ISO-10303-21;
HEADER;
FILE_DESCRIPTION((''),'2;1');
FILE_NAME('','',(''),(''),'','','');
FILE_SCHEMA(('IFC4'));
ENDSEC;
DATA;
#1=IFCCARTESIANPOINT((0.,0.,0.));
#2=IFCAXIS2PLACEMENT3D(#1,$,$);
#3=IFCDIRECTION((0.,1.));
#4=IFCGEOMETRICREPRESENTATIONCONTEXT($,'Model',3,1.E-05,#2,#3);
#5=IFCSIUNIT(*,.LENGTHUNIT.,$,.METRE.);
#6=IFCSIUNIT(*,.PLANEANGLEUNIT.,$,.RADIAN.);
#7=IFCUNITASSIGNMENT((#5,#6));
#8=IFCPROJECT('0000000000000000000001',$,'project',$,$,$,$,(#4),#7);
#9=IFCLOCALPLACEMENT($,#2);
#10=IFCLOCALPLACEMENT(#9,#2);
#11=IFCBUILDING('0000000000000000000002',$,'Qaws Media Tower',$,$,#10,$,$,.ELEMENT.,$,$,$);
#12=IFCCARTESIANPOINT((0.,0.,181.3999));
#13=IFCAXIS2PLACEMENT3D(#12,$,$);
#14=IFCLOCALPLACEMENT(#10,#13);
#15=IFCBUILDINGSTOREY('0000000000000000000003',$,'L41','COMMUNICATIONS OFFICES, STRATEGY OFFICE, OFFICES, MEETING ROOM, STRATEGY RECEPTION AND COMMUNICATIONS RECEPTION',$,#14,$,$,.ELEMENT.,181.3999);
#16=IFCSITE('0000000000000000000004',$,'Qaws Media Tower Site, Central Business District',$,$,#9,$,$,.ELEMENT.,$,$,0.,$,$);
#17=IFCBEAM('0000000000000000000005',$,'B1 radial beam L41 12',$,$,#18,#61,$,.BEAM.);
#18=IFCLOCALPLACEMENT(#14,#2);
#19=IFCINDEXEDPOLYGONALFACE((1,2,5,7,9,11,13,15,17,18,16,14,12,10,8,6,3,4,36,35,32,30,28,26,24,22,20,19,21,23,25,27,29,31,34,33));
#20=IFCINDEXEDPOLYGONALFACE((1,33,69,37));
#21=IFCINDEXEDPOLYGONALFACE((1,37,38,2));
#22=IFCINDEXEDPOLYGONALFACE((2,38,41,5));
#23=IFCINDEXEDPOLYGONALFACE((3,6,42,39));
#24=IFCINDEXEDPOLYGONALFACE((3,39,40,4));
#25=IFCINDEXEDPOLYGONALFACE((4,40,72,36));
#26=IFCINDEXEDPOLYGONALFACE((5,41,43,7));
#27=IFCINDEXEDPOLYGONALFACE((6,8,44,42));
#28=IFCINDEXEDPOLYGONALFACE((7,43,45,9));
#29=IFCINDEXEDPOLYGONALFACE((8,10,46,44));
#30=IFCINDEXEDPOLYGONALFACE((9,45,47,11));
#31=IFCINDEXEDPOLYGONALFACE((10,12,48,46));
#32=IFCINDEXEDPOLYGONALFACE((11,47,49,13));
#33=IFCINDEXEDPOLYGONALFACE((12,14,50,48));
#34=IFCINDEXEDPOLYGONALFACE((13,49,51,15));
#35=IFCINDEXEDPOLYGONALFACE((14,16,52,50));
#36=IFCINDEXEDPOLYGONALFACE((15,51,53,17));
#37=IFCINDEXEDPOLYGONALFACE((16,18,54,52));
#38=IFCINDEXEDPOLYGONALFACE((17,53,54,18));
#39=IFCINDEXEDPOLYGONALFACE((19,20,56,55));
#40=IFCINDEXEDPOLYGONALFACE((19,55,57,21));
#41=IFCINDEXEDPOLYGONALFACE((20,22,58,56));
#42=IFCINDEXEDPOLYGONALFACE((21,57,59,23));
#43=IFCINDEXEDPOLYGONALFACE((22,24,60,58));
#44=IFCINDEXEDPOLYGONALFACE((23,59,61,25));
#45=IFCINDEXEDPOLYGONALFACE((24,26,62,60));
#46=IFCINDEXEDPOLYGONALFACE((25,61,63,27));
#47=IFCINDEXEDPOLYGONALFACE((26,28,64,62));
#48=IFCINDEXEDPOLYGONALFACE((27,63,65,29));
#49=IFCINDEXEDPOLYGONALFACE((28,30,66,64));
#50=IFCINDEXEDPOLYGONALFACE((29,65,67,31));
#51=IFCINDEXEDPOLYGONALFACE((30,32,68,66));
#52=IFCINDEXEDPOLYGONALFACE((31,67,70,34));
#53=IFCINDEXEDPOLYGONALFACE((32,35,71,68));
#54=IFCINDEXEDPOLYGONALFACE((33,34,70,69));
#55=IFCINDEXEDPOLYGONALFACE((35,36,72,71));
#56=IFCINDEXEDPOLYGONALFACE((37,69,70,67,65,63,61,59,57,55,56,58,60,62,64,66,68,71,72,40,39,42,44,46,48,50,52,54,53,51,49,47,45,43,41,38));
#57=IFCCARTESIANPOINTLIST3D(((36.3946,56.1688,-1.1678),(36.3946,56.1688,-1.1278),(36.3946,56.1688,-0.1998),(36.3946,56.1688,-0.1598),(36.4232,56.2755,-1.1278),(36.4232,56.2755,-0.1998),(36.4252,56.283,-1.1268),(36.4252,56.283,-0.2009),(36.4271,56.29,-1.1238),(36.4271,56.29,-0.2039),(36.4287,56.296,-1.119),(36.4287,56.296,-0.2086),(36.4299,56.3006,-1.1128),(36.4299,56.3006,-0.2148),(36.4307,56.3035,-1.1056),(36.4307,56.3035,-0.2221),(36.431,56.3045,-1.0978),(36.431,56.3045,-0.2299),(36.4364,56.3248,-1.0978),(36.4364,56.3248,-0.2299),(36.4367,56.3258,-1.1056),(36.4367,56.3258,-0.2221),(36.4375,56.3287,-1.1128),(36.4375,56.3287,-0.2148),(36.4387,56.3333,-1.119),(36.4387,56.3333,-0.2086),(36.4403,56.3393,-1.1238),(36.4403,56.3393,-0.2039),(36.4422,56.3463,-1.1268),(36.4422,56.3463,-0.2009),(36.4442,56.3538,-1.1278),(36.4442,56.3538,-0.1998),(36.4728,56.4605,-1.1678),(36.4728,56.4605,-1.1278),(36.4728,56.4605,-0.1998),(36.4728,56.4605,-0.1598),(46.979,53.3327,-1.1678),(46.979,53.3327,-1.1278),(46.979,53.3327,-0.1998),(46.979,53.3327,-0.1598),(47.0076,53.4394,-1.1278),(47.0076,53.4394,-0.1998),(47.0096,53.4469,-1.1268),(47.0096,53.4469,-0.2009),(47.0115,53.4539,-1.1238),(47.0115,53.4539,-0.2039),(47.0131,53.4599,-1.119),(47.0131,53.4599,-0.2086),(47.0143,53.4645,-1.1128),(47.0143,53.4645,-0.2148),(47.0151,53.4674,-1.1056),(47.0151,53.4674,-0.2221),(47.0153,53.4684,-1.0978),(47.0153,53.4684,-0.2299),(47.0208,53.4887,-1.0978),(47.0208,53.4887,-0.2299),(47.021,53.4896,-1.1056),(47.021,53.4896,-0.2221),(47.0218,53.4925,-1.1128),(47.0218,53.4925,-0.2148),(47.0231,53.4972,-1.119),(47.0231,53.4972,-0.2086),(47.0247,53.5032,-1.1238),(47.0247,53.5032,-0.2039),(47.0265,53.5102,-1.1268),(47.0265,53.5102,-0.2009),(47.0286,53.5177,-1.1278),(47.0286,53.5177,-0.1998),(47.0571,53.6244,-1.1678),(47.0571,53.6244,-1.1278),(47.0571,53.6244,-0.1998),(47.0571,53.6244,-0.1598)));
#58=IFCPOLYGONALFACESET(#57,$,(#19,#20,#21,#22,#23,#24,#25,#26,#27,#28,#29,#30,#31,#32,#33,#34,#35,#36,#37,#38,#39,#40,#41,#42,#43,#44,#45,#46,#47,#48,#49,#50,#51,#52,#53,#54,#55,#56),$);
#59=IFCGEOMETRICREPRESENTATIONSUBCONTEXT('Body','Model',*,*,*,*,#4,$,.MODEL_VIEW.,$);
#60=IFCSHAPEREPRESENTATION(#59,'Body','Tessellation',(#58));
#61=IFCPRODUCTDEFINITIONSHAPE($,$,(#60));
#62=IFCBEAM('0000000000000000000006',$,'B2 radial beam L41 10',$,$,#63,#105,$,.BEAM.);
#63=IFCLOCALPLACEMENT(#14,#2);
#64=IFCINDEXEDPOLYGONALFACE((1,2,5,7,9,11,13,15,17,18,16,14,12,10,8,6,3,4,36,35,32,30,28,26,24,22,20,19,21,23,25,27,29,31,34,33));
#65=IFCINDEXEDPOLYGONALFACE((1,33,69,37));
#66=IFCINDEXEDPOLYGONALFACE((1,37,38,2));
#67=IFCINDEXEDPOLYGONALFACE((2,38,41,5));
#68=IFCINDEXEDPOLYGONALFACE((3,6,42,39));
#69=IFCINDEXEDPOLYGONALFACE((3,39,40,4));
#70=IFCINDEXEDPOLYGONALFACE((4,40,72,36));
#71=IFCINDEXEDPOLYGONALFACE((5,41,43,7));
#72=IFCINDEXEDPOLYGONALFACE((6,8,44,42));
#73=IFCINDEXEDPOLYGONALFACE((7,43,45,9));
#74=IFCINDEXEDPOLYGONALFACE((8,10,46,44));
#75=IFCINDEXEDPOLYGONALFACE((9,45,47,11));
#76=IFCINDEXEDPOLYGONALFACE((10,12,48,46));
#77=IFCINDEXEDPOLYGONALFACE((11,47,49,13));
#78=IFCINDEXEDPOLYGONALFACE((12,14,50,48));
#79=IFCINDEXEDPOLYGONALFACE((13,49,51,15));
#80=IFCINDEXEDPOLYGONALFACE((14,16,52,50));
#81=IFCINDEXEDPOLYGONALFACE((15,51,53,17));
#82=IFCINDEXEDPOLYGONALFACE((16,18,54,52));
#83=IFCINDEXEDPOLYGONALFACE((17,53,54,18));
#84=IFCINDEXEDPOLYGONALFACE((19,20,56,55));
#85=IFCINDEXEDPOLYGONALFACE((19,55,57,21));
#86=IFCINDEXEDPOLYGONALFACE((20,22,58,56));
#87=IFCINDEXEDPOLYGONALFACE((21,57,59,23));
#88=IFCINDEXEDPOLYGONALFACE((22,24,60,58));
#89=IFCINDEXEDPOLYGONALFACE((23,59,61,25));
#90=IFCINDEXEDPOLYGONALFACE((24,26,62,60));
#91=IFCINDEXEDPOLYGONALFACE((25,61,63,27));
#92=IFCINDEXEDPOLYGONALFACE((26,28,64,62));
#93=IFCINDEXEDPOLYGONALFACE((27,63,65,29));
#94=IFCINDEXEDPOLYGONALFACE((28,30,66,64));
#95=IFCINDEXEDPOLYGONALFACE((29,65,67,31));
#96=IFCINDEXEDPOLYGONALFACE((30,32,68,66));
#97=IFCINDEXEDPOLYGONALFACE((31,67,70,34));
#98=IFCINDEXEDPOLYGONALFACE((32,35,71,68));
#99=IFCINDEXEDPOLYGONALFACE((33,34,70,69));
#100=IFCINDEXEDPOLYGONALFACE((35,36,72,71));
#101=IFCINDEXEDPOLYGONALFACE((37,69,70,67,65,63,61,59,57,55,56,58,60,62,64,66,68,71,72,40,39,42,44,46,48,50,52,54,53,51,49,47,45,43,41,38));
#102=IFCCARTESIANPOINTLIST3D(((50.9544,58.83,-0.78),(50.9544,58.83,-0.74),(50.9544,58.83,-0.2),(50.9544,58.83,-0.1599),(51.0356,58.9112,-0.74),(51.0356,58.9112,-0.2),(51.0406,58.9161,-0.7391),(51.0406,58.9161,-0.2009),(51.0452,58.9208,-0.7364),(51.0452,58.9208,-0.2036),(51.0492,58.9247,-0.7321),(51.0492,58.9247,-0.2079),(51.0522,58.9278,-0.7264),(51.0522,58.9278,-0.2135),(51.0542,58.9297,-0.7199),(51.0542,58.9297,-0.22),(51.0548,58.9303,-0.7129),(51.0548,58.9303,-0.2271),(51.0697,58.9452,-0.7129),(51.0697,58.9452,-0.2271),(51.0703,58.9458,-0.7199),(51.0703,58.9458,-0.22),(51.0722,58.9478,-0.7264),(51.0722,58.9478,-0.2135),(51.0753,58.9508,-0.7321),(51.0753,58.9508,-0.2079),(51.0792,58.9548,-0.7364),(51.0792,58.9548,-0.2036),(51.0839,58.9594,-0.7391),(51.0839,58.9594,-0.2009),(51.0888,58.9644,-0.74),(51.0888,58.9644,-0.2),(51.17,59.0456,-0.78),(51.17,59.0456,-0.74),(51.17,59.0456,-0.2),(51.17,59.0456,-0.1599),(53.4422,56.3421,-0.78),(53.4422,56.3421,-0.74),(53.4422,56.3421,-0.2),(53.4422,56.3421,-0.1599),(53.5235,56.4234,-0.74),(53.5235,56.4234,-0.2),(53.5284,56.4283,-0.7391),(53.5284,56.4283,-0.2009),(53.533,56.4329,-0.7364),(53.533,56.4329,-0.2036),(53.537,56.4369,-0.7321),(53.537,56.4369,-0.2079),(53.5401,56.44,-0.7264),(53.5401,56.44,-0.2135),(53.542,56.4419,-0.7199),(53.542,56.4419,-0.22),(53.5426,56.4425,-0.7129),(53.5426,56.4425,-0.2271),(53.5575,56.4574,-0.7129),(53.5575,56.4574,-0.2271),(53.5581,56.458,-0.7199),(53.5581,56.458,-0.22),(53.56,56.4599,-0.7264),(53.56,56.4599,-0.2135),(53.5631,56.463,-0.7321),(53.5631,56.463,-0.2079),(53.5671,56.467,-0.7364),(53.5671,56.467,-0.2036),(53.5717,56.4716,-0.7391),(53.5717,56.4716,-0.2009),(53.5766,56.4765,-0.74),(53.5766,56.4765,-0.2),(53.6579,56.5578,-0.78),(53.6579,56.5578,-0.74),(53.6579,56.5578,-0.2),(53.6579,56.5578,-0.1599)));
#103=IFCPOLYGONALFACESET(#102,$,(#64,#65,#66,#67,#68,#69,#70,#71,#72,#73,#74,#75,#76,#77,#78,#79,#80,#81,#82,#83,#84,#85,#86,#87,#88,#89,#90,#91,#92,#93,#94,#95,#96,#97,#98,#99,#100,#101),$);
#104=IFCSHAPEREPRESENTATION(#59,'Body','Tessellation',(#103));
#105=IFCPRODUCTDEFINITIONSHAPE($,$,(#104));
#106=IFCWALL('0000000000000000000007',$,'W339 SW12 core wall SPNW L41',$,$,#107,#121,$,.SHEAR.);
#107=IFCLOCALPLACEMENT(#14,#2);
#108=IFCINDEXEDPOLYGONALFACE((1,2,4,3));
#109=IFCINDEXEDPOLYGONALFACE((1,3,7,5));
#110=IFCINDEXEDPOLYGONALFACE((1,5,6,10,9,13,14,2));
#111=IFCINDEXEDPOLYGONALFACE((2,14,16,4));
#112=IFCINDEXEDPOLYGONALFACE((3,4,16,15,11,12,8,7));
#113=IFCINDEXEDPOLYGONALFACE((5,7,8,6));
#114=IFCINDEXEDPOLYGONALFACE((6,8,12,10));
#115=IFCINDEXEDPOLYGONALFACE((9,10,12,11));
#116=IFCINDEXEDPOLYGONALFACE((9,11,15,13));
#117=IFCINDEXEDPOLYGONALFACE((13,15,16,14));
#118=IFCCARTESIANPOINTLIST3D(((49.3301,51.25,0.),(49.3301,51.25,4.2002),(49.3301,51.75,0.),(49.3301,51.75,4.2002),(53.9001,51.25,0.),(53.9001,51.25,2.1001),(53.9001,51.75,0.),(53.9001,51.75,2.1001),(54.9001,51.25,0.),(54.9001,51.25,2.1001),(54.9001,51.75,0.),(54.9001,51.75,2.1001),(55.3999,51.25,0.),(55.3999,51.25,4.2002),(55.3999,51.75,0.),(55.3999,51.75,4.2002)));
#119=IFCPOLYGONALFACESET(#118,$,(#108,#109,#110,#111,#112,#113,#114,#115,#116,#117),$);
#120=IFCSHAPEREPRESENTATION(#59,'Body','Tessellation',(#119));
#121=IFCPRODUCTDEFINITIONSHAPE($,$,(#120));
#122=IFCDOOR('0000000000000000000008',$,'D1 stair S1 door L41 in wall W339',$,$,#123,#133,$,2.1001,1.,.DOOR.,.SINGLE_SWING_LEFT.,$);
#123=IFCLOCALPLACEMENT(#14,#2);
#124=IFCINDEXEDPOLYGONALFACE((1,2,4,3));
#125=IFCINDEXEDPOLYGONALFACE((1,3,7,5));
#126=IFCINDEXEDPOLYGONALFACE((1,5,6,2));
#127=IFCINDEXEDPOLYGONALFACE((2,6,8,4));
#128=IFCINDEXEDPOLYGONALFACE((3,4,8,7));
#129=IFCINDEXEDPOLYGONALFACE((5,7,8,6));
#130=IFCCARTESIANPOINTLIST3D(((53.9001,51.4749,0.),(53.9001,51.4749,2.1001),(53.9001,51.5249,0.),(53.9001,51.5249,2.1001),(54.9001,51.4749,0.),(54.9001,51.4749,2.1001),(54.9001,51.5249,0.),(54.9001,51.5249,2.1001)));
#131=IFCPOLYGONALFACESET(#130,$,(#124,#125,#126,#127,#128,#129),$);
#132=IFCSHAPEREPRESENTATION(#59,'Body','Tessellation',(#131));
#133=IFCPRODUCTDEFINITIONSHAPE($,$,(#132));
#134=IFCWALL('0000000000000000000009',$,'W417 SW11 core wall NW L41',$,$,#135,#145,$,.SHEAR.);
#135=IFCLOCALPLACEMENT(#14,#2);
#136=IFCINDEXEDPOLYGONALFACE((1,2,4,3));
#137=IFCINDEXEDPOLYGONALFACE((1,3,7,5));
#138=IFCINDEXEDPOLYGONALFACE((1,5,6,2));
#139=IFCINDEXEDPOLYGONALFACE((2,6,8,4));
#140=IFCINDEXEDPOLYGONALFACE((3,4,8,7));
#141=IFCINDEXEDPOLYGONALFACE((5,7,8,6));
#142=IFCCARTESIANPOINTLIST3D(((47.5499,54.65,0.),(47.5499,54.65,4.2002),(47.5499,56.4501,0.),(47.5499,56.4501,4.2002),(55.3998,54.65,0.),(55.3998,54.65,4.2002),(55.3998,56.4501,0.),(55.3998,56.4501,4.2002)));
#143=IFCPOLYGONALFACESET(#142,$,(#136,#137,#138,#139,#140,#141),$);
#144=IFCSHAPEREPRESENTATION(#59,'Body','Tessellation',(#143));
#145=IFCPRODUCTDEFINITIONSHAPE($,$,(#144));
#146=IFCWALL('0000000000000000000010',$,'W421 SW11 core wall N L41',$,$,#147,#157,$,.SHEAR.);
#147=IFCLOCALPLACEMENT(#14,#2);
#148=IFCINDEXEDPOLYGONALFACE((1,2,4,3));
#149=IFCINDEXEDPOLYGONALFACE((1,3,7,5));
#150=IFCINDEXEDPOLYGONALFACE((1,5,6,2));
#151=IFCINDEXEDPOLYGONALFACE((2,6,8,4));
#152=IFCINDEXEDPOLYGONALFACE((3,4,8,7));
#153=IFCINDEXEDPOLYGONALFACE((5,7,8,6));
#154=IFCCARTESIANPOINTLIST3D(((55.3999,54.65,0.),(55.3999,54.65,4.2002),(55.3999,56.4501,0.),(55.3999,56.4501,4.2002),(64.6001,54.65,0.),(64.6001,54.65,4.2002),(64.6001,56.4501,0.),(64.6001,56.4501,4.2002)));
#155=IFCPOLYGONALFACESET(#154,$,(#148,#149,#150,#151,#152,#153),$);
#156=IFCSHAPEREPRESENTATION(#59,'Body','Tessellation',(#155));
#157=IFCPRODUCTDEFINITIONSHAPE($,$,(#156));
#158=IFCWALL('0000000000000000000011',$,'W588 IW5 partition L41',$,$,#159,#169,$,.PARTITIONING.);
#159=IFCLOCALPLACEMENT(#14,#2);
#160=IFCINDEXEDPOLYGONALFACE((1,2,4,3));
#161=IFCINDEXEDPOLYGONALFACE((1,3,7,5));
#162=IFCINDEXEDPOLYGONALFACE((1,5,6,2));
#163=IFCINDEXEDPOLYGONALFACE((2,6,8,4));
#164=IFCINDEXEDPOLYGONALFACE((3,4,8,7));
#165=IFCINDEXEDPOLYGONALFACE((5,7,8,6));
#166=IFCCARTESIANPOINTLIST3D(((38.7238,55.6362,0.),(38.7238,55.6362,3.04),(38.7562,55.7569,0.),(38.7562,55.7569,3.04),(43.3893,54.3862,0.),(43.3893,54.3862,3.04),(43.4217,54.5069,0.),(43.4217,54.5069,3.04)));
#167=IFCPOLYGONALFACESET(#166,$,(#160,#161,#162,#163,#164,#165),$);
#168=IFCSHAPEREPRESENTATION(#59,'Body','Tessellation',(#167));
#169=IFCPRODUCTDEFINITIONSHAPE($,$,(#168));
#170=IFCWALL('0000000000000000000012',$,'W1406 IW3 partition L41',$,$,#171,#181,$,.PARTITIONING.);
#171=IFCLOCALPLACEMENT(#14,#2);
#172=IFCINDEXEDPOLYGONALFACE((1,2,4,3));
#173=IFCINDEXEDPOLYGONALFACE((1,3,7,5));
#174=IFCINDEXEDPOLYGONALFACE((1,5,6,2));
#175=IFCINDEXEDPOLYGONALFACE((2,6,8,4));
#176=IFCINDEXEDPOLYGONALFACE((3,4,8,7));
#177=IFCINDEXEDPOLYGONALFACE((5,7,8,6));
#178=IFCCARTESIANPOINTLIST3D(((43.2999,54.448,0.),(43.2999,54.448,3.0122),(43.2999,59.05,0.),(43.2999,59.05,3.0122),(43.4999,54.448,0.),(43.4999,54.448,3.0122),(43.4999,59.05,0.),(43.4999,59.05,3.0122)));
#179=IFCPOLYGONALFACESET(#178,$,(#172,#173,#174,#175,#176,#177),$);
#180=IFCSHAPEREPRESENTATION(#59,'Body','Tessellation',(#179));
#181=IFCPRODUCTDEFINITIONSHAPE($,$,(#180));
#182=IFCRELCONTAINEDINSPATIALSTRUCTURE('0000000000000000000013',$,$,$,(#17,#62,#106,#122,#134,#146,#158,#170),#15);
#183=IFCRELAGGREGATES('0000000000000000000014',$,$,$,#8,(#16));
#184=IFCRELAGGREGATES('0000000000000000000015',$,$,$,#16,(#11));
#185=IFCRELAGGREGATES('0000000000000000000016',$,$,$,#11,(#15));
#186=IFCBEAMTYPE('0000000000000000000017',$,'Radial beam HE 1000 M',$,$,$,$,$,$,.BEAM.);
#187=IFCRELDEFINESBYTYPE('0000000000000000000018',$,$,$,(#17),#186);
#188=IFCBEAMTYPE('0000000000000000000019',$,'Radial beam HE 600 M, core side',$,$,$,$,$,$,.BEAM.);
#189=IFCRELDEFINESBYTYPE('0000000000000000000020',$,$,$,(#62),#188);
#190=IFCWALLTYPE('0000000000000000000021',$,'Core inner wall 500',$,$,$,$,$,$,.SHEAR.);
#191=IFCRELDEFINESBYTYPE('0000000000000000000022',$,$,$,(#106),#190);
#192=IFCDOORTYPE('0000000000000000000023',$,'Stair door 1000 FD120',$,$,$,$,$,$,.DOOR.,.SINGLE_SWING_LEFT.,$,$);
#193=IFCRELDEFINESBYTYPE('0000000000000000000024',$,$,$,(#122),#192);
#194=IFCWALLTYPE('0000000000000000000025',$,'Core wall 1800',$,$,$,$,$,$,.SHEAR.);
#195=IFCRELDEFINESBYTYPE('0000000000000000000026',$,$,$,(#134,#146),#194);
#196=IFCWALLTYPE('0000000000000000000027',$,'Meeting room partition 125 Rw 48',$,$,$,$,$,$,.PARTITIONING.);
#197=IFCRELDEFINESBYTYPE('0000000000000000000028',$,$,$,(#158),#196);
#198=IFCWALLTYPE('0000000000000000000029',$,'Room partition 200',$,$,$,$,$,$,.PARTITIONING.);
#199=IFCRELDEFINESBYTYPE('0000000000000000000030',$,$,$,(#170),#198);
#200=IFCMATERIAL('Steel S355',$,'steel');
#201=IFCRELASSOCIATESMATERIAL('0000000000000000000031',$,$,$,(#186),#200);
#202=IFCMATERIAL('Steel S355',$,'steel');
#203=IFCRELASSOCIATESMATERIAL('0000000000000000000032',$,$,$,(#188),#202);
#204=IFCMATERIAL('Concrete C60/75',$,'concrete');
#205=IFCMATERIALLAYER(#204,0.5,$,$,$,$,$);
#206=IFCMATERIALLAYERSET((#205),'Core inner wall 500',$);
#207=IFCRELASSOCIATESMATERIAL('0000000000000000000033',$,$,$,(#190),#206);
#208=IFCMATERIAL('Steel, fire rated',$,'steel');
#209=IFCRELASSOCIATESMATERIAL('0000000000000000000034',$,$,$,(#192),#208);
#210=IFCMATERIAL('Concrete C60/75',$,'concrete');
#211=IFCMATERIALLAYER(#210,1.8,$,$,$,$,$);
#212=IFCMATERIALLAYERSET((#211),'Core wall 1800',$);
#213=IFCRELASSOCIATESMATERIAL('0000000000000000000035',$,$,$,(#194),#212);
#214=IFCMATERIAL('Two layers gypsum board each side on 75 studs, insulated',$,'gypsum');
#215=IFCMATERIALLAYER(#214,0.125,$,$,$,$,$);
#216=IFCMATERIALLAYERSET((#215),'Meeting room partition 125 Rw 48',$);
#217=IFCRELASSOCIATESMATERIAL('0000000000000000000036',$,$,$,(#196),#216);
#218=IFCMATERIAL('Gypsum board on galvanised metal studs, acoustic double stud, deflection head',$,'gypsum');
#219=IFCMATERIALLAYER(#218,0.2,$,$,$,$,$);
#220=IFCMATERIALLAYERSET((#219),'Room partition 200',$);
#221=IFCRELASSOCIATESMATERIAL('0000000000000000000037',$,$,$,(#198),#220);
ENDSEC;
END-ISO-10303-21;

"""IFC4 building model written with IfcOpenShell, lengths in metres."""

from ifc_helpers import new_model, si_unit, direction, frame, frame_2d, origin, origin_2d, place, context, subcontext, project, spatial, rectangle, i_section, extrude, material, layer, layer_set, material_profile, profile_set, type_object, element, fill, save


model = new_model("IFC4")

# Units and contexts
model_context = context("Model", 3, precision=1e-05, world=origin(), true_north=direction((0.0, 1.0)))
body_context = subcontext(model_context, "Body", "Model", "MODEL_VIEW")
ifc_project = project(units=[si_unit("LENGTHUNIT", "METRE"), si_unit("PLANEANGLEUNIT", "RADIAN")], contexts=[model_context])

# Site, building, storey
site_placement = place(None, origin())
site = spatial("IfcSite", under=ifc_project, at=site_placement, Name="Qaws Media Tower Site, Central Business District", CompositionType="ELEMENT", RefElevation=0.0)
building_placement = place(site_placement, origin())
building = spatial("IfcBuilding", under=site, at=building_placement, Name="Qaws Media Tower", CompositionType="ELEMENT")
storey_placement = place(building_placement, frame((0.0, 0.0, 181.3999)))
storey = spatial("IfcBuildingStorey", under=building, at=storey_placement, Name="L41", Description="COMMUNICATIONS OFFICES, STRATEGY OFFICE, OFFICES, MEETING ROOM, STRATEGY RECEPTION AND COMMUNICATIONS RECEPTION", CompositionType="ELEMENT", Elevation=181.3999)

# Beams
ifc_material_1 = material(Name="Steel S355", Category="steel")
ifc_material_profile_1 = material_profile(ifc_material_1, i_section(OverallWidth=0.302, OverallDepth=1.0081, WebThickness=0.021, FlangeThickness=0.04, FilletRadius=0.03, at=origin_2d()), Name="HE 1000 M")
ifc_profile_set_1 = profile_set([ifc_material_profile_1], Name="Steel S355")
beam_type_1 = type_object("IfcBeamType", Name="Radial beam HE 1000 M", PredefinedType="BEAM", material=ifc_profile_set_1)
beam_1_placement = place(storey_placement, frame((47.0181, 53.4785, -0.6638), z_axis=(-0.965924, 0.258826, 0.0), x_axis=(-0.258826, -0.965924, 0.0)))
element("IfcBeam", 1, at=beam_1_placement, inside=storey, type_object=beam_type_1, Name="B1 radial beam L41 12", PredefinedType="BEAM", context=body_context, shape_type="SweptSolid", body=[
    extrude(i_section(OverallWidth=0.302, OverallDepth=1.0081, WebThickness=0.021, FlangeThickness=0.04, FilletRadius=0.03, at=origin_2d()), origin(), (0.0, 0.0, 1.0), 10.9578),
])
ifc_material_2 = material(Name="Steel S355", Category="steel")
ifc_material_profile_2 = material_profile(ifc_material_2, i_section(OverallWidth=0.3049, OverallDepth=0.6201, WebThickness=0.021, FlangeThickness=0.04, FilletRadius=0.0271, at=origin_2d()), Name="HE 600 M")
ifc_profile_set_2 = profile_set([ifc_material_profile_2], Name="Steel S355")
beam_type_2 = type_object("IfcBeamType", Name="Radial beam HE 600 M, core side", PredefinedType="BEAM", material=ifc_profile_set_2)
beam_2_placement = place(storey_placement, frame((53.55, 56.45, -0.47), z_axis=(-0.707107, 0.707107, 0.0), x_axis=(-0.707107, -0.707107, 0.0)))
element("IfcBeam", 2, at=beam_2_placement, inside=storey, type_object=beam_type_2, Name="B2 radial beam L41 10", PredefinedType="BEAM", context=body_context, shape_type="SweptSolid", body=[
    extrude(i_section(OverallWidth=0.3049, OverallDepth=0.6201, WebThickness=0.021, FlangeThickness=0.04, FilletRadius=0.0271, at=origin_2d()), origin(), (0.0, 0.0, 1.0), 3.5183),
])

# Wall, opening, door
ifc_material_3 = material(Name="Concrete C60/75", Category="concrete")
ifc_layer_1 = layer(ifc_material_3, 0.5)
ifc_layer_set_1 = layer_set([ifc_layer_1], Name="Core inner wall 500")
wall_type_1 = type_object("IfcWallType", Name="Core inner wall 500", PredefinedType="SHEAR", material=ifc_layer_set_1)
wall_1_placement = place(storey_placement, frame((49.3301, 51.5, 0.0), z_axis=(0.0, 0.0, 1.0), x_axis=(1.0, 0.0, 0.0)))
wall_1 = element("IfcWall", 3, at=wall_1_placement, inside=storey, type_object=wall_type_1, Name="W339 SW12 core wall SPNW L41", PredefinedType="SHEAR", context=body_context, shape_type="SweptSolid", body=[
    extrude(rectangle(XDim=6.0698, YDim=0.5, at=frame_2d((3.0349, 0.0))), origin(), (0.0, 0.0, 1.0), 4.2002),
])
opening_placement = place(wall_1_placement, frame((4.5701, 0.0, 0.0)))
opening = element("IfcOpeningElement", 4, at=opening_placement, cuts=wall_1, PredefinedType="OPENING", context=body_context, shape_type="SweptSolid", body=[
    extrude(rectangle(XDim=1.0, YDim=2.1001, at=frame_2d((0.5, 1.05))), frame((0.0, 0.26, 0.0), z_axis=(0.0, -1.0, 0.0), x_axis=(1.0, 0.0, 0.0)), (0.0, 0.0, 1.0), 0.52),
])
ifc_material_4 = material(Name="Steel, fire rated", Category="steel")
door_type = type_object("IfcDoorType", Name="Stair door 1000 FD120", OperationType="SINGLE_SWING_LEFT", PredefinedType="DOOR", material=ifc_material_4)
door_placement = place(opening_placement, origin())
door = element("IfcDoor", 5, at=door_placement, inside=storey, type_object=door_type, Name="D1 stair S1 door L41 in wall W339", OperationType="SINGLE_SWING_LEFT", OverallHeight=2.1001, OverallWidth=1.0, PredefinedType="DOOR", context=body_context, shape_type="SweptSolid", body=[
    extrude(rectangle(XDim=1.0, YDim=2.1001, at=frame_2d((0.5, 1.05))), frame((0.0, 0.0249, 0.0), z_axis=(0.0, -1.0, 0.0), x_axis=(1.0, 0.0, 0.0)), (0.0, 0.0, 1.0), 0.05),
])
fill(opening, door)

# Walls
ifc_material_5 = material(Name="Concrete C60/75", Category="concrete")
ifc_layer_2 = layer(ifc_material_5, 1.8)
ifc_layer_set_2 = layer_set([ifc_layer_2], Name="Core wall 1800")
wall_type_2 = type_object("IfcWallType", Name="Core wall 1800", PredefinedType="SHEAR", material=ifc_layer_set_2)
wall_2_placement = place(storey_placement, frame((47.55, 55.55, 0.0), z_axis=(0.0, 0.0, 1.0), x_axis=(1.0, 0.0, 0.0)))
element("IfcWall", 6, at=wall_2_placement, inside=storey, type_object=wall_type_2, Name="W417 SW11 core wall NW L41", PredefinedType="SHEAR", context=body_context, shape_type="SweptSolid", body=[
    extrude(rectangle(XDim=7.8499, YDim=1.8, at=frame_2d((3.9248, 0.0))), origin(), (0.0, 0.0, 1.0), 4.2002),
])
wall_3_placement = place(storey_placement, frame((55.3999, 55.55, 0.0), z_axis=(0.0, 0.0, 1.0), x_axis=(1.0, 0.0, 0.0)))
element("IfcWall", 7, at=wall_3_placement, inside=storey, type_object=wall_type_2, Name="W421 SW11 core wall N L41", PredefinedType="SHEAR", context=body_context, shape_type="SweptSolid", body=[
    extrude(rectangle(XDim=9.2002, YDim=1.8, at=frame_2d((4.6001, 0.0))), origin(), (0.0, 0.0, 1.0), 4.2002),
])
ifc_material_6 = material(Name="Two layers gypsum board each side on 75 studs, insulated", Category="gypsum")
ifc_layer_3 = layer(ifc_material_6, 0.125)
ifc_layer_set_3 = layer_set([ifc_layer_3], Name="Meeting room partition 125 Rw 48")
wall_type_3 = type_object("IfcWallType", Name="Meeting room partition 125 Rw 48", PredefinedType="PARTITIONING", material=ifc_layer_set_3)
wall_4_placement = place(storey_placement, frame((43.4055, 54.4465, 0.0), z_axis=(0.0, 0.0, 1.0), x_axis=(-0.965932, 0.258795, 0.0)))
element("IfcWall", 8, at=wall_4_placement, inside=storey, type_object=wall_type_3, Name="W588 IW5 partition L41", PredefinedType="PARTITIONING", context=body_context, shape_type="SweptSolid", body=[
    extrude(rectangle(XDim=4.8301, YDim=0.125, at=frame_2d((2.415, 0.0))), origin(), (0.0, 0.0, 1.0), 3.04),
])
ifc_material_7 = material(Name="Gypsum board on galvanised metal studs, acoustic double stud, deflection head", Category="gypsum")
ifc_layer_4 = layer(ifc_material_7, 0.2)
ifc_layer_set_4 = layer_set([ifc_layer_4], Name="Room partition 200")
wall_type_4 = type_object("IfcWallType", Name="Room partition 200", PredefinedType="PARTITIONING", material=ifc_layer_set_4)
wall_5_placement = place(storey_placement, frame((43.3999, 54.448, 0.0), z_axis=(0.0, 0.0, 1.0), x_axis=(0.0, 1.0, 0.0)))
element("IfcWall", 9, at=wall_5_placement, inside=storey, type_object=wall_type_4, Name="W1406 IW3 partition L41", PredefinedType="PARTITIONING", context=body_context, shape_type="SweptSolid", body=[
    extrude(rectangle(XDim=4.6021, YDim=0.2, at=frame_2d((2.301, 0.0))), origin(), (0.0, 0.0, 1.0), 3.0122),
])

save(model, "model.ifc")
